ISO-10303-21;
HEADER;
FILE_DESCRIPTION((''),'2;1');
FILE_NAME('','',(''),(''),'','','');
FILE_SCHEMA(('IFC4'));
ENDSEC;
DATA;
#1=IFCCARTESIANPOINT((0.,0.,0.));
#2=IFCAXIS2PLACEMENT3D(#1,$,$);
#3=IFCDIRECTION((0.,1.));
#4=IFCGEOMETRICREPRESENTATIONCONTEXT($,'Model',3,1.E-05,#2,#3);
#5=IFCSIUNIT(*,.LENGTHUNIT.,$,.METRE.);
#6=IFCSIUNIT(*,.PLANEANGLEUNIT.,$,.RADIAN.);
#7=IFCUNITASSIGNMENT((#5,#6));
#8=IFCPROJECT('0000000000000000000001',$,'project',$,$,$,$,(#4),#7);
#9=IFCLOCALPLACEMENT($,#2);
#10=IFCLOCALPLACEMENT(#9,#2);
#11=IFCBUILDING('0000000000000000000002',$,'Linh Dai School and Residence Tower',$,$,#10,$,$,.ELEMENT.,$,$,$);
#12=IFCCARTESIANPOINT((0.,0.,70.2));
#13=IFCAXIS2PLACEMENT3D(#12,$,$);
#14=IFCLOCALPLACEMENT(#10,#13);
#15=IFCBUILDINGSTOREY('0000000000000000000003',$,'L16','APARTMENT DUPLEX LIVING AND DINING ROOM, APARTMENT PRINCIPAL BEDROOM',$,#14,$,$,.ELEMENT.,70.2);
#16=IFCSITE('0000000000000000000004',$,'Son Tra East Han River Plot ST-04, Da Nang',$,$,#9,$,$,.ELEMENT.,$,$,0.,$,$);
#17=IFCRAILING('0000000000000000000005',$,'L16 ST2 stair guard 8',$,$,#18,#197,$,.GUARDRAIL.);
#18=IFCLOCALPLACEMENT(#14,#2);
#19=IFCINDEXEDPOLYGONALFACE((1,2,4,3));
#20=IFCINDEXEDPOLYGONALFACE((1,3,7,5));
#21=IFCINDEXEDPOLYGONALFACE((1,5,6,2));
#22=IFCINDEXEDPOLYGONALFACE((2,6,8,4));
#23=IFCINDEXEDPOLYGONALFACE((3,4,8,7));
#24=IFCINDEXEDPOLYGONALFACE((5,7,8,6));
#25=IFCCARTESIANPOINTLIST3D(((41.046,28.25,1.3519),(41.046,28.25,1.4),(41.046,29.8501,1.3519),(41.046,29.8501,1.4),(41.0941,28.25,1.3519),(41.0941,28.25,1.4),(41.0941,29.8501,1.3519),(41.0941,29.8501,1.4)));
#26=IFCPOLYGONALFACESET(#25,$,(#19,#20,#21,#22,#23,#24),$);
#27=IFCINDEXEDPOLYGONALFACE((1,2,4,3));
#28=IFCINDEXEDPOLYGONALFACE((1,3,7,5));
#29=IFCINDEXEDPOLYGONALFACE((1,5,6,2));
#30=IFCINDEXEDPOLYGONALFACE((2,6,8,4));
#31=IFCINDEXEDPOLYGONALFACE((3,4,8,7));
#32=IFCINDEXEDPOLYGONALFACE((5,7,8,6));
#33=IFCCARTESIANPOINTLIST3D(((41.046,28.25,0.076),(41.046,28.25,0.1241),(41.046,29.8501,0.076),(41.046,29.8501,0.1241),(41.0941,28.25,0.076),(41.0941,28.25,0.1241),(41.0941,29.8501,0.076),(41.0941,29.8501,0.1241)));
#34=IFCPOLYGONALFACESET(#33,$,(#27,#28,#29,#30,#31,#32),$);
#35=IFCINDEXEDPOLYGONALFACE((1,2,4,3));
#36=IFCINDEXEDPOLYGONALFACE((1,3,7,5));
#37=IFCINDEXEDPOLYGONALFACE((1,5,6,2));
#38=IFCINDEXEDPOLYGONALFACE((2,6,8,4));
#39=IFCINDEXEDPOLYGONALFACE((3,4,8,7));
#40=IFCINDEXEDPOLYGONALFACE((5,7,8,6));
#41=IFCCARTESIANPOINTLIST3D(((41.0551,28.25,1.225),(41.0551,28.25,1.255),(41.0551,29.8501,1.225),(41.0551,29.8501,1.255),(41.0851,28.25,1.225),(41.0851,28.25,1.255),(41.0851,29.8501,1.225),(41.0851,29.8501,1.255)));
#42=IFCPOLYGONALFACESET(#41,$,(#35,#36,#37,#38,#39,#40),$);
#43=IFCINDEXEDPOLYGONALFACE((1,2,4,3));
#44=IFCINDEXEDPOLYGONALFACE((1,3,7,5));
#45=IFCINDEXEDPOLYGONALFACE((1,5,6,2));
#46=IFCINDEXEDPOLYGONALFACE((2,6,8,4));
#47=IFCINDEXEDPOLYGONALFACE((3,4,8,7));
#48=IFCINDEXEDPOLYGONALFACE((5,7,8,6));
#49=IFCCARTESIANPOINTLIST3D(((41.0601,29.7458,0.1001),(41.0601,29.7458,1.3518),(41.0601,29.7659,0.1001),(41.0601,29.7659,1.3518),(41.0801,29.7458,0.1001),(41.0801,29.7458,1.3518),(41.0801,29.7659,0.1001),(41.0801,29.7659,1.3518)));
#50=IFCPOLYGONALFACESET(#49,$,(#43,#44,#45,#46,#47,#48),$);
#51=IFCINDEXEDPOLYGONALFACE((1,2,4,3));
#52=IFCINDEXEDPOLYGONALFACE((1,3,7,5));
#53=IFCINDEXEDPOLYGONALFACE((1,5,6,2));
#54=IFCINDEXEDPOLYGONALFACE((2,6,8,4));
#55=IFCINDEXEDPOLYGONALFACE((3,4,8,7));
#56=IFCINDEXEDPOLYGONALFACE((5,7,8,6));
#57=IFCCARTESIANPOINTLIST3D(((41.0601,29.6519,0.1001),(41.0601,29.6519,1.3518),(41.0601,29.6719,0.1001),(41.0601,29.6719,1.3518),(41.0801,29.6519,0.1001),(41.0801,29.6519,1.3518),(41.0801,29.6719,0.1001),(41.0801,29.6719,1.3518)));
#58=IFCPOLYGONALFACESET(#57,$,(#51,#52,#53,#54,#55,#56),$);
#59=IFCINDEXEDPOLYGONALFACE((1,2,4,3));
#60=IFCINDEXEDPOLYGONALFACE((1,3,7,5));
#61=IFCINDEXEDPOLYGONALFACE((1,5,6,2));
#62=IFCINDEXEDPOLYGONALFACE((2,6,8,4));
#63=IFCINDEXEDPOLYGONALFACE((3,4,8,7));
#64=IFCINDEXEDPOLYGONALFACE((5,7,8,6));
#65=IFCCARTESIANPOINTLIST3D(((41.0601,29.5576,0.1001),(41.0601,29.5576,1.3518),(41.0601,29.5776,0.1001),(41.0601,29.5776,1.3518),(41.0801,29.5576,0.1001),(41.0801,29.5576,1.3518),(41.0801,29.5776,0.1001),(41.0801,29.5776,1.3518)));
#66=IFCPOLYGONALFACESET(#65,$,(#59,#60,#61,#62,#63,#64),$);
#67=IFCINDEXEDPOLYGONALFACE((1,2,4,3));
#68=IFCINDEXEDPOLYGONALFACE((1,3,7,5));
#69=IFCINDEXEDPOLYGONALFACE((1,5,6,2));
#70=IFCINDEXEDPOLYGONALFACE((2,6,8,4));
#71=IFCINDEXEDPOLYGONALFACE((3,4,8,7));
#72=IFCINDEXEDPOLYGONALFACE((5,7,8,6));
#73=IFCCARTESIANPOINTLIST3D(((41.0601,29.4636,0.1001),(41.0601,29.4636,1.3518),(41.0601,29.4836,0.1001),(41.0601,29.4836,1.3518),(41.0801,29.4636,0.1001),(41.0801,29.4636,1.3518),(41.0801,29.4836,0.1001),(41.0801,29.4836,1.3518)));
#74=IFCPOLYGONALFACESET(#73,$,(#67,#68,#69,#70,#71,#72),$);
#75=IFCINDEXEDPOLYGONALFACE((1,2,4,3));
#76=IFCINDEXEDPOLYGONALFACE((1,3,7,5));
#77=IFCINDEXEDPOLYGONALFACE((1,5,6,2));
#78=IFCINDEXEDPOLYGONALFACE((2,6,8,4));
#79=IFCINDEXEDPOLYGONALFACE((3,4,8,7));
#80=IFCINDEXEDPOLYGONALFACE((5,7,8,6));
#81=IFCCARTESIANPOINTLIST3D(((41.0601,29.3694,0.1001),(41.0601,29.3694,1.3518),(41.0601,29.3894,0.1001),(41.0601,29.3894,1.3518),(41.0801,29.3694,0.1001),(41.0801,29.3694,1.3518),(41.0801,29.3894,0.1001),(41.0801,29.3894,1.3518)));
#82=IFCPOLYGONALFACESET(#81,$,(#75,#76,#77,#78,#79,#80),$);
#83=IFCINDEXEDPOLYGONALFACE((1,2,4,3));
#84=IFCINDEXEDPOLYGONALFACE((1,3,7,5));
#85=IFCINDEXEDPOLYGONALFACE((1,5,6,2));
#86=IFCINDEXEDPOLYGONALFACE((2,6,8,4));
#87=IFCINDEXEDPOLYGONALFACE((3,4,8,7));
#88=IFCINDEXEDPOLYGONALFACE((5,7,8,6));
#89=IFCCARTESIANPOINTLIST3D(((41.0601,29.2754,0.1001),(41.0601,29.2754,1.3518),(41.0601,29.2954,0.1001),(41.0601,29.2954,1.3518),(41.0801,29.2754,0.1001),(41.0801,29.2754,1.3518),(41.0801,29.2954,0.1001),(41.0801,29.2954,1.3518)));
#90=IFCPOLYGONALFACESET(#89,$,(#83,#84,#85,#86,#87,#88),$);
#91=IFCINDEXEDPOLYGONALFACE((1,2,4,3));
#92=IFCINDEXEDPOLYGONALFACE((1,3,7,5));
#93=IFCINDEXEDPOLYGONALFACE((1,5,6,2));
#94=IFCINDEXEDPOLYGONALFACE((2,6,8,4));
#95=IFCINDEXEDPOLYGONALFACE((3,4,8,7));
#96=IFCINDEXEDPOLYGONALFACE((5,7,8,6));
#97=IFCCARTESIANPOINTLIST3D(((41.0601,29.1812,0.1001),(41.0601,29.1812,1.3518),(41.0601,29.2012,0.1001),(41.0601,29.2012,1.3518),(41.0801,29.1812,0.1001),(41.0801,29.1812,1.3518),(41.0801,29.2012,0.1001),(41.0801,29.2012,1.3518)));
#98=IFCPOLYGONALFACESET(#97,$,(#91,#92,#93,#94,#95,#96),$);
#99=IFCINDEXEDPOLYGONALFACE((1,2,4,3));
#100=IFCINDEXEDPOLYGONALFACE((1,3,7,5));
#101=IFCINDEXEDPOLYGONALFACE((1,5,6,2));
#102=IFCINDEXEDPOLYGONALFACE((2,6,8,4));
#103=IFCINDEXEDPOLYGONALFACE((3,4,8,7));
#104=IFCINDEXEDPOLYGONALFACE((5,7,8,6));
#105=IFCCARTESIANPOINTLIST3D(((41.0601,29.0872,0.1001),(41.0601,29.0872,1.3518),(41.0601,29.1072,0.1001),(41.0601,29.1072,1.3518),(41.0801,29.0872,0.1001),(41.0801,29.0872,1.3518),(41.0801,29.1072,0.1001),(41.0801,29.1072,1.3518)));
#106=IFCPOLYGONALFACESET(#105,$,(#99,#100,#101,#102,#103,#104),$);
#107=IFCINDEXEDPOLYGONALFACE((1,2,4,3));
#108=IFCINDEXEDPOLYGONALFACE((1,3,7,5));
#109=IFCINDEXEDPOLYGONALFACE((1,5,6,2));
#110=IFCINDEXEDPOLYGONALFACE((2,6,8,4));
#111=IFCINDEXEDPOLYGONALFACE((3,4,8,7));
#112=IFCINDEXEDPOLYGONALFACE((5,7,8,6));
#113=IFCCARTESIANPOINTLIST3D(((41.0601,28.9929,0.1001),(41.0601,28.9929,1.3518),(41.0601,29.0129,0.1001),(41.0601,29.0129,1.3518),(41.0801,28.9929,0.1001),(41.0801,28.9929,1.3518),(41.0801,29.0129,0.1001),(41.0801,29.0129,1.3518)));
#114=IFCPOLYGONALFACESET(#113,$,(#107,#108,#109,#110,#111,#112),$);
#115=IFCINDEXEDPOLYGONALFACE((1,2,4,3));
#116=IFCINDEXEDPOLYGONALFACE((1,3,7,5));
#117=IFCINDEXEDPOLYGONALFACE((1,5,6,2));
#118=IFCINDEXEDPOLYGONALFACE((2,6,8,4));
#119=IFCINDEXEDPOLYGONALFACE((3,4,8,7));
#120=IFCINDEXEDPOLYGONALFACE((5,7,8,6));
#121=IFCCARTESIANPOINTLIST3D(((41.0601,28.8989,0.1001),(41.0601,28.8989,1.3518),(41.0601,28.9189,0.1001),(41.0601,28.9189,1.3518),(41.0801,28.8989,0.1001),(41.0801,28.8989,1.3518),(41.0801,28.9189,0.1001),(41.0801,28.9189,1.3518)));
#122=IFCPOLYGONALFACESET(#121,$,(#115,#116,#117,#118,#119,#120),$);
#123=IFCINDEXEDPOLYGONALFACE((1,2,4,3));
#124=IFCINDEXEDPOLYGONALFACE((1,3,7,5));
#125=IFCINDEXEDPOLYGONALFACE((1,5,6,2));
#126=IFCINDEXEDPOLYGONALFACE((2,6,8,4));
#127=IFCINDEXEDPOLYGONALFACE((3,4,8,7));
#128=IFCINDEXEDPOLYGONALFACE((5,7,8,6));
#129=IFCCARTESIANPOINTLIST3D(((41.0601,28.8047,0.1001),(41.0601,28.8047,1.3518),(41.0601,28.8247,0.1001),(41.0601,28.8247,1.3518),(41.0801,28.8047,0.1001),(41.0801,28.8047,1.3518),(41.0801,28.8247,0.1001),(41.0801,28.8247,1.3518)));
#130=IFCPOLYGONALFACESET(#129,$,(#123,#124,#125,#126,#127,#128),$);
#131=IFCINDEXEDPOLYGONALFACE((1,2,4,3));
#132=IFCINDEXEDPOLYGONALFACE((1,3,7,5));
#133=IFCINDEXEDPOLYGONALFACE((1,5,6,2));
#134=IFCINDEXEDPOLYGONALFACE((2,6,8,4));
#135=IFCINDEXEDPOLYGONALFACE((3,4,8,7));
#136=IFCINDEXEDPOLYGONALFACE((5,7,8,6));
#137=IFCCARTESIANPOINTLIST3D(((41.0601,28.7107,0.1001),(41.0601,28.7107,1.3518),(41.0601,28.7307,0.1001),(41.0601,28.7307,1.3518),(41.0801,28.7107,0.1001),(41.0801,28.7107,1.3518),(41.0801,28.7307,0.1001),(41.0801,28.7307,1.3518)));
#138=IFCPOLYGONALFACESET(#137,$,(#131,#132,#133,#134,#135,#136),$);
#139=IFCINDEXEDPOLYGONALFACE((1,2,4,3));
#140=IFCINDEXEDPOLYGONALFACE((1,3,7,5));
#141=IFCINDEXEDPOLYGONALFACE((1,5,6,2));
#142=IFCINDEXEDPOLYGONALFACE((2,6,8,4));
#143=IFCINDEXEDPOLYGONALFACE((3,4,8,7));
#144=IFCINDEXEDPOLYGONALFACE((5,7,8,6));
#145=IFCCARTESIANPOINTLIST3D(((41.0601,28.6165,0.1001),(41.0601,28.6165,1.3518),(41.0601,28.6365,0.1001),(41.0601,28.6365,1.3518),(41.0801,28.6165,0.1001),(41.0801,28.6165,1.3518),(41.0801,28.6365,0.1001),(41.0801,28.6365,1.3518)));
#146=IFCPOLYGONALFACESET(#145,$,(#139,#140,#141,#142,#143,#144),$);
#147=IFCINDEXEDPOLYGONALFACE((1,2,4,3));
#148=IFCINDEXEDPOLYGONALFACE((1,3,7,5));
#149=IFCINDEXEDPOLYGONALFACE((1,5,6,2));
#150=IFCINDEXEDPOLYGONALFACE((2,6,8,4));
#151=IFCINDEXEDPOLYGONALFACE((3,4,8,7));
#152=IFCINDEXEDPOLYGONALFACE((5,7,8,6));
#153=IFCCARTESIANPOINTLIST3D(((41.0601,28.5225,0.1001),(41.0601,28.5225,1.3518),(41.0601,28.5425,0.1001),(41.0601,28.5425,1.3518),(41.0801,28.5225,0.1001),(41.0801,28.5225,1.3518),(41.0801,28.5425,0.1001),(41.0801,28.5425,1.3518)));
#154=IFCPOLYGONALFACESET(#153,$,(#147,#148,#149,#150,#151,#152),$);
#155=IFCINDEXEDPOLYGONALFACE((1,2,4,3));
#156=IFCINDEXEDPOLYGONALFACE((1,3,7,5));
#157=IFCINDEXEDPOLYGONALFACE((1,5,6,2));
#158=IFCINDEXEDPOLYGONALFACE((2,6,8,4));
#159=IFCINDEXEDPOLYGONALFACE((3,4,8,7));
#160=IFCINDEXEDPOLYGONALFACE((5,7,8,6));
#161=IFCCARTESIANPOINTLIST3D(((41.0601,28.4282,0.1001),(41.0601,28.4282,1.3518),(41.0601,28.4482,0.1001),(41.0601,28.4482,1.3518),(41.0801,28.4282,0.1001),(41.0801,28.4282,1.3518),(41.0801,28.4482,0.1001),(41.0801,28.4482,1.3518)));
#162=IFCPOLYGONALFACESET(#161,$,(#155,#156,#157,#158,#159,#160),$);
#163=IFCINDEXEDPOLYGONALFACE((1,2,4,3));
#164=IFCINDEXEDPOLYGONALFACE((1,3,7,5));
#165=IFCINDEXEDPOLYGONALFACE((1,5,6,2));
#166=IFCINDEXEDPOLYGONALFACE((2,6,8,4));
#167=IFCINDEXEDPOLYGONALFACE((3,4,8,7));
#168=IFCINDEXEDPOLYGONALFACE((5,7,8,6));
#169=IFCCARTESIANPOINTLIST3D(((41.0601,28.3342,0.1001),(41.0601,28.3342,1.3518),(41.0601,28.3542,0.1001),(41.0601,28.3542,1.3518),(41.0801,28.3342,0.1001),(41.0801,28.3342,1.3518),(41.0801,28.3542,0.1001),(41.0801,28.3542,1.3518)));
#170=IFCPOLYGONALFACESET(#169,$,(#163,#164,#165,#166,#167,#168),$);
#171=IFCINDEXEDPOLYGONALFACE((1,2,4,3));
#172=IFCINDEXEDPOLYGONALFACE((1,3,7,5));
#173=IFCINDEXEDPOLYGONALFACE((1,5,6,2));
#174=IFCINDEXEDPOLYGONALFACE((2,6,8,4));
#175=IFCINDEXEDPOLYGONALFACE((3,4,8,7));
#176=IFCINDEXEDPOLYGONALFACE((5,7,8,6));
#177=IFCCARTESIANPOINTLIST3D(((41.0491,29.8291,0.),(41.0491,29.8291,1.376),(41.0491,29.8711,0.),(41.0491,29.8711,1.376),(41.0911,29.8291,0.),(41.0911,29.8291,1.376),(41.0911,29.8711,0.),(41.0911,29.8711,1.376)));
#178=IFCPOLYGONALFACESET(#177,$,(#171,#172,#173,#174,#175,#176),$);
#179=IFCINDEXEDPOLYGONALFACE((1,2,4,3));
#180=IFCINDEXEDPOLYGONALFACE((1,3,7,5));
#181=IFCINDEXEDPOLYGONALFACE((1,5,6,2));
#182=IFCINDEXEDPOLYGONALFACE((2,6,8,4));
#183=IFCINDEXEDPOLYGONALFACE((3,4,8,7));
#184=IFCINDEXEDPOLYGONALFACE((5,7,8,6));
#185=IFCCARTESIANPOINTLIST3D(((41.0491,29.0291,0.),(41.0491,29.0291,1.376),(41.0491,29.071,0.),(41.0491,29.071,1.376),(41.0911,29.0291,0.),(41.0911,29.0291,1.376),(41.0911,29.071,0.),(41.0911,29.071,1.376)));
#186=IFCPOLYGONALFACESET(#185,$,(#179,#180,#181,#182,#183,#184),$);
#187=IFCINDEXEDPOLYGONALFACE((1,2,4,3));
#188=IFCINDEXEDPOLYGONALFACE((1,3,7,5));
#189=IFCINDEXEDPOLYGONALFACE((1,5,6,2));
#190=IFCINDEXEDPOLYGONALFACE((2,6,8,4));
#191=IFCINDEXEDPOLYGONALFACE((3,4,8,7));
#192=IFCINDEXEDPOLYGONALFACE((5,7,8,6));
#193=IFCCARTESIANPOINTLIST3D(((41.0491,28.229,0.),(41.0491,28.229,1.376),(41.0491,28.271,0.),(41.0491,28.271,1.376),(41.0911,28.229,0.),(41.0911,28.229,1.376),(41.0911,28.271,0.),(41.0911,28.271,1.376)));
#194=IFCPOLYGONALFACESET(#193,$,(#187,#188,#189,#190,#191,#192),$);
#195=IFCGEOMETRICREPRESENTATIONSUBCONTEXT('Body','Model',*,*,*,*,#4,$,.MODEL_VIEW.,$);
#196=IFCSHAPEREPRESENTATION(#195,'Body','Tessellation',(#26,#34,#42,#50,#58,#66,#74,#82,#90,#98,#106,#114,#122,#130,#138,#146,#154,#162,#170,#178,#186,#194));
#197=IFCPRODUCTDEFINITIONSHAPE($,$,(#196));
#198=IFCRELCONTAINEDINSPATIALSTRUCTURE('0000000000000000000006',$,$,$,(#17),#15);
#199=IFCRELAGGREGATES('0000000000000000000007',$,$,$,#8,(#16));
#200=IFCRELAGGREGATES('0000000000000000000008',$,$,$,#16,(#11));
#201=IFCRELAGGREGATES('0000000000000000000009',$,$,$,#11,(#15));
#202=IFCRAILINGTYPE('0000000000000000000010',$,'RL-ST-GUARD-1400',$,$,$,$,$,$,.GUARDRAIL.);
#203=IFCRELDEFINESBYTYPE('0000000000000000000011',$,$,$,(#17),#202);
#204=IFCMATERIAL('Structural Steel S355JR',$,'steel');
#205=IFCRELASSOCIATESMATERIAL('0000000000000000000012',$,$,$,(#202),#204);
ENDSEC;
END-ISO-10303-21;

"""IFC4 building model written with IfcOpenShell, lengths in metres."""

from ifc_helpers import new_model, si_unit, direction, frame, origin, origin_2d, place, context, subcontext, project, spatial, rectangle, extrude, source, transform, mapped, material, type_object, element, save


model = new_model("IFC4")

# Units and contexts
model_context = context("Model", 3, precision=1e-05, world=origin(), true_north=direction((0.0, 1.0)))
body_context = subcontext(model_context, "Body", "Model", "MODEL_VIEW")
ifc_project = project(units=[si_unit("LENGTHUNIT", "METRE"), si_unit("PLANEANGLEUNIT", "RADIAN")], contexts=[model_context])

# Site, building, storey
site_placement = place(None, origin())
site = spatial("IfcSite", under=ifc_project, at=site_placement, Name="Son Tra East Han River Plot ST-04, Da Nang", CompositionType="ELEMENT", RefElevation=0.0)
building_placement = place(site_placement, origin())
building = spatial("IfcBuilding", under=site, at=building_placement, Name="Linh Dai School and Residence Tower", CompositionType="ELEMENT")
storey_placement = place(building_placement, frame((0.0, 0.0, 70.2)))
storey = spatial("IfcBuildingStorey", under=building, at=storey_placement, Name="L16", Description="APARTMENT DUPLEX LIVING AND DINING ROOM, APARTMENT PRINCIPAL BEDROOM", CompositionType="ELEMENT", Elevation=70.2)

# Shared definitions
ifc_material_1 = material(Name="Structural Steel S355JR", Category="steel")

# Railing
railing_type_1 = type_object("IfcRailingType", Name="RL-ST-GUARD-1400", PredefinedType="GUARDRAIL", material=ifc_material_1)
shared_shape_1 = source(origin(), body_context, "Body", "SweptSolid", [
    extrude(rectangle(XDim=0.0481, YDim=0.0481, at=origin_2d()), frame((0.0, 0.0, 1.376), z_axis=(0.0, -1.0, 0.0), x_axis=(1.0, 0.0, 0.0)), (0.0, 0.0, 1.0), 1.6001),
    extrude(rectangle(XDim=0.0481, YDim=0.0481, at=origin_2d()), frame((0.0, 0.0, 0.1001), z_axis=(0.0, -1.0, 0.0), x_axis=(1.0, 0.0, 0.0)), (0.0, 0.0, 1.0), 1.6001),
    extrude(rectangle(XDim=0.03, YDim=0.03, at=origin_2d()), frame((0.0, 0.0, 1.24), z_axis=(0.0, -1.0, 0.0), x_axis=(1.0, 0.0, 0.0)), (0.0, 0.0, 1.0), 1.6001),
    extrude(rectangle(XDim=0.02, YDim=0.02, at=origin_2d()), frame((0.0, -0.0942, 0.1001)), (0.0, 0.0, 1.0), 1.2517),
    extrude(rectangle(XDim=0.02, YDim=0.02, at=origin_2d()), frame((0.0, -0.1882, 0.1001)), (0.0, 0.0, 1.0), 1.2517),
    extrude(rectangle(XDim=0.02, YDim=0.02, at=origin_2d()), frame((0.0, -0.2825, 0.1001)), (0.0, 0.0, 1.0), 1.2517),
    extrude(rectangle(XDim=0.02, YDim=0.02, at=origin_2d()), frame((0.0, -0.3765, 0.1001)), (0.0, 0.0, 1.0), 1.2517),
    extrude(rectangle(XDim=0.02, YDim=0.02, at=origin_2d()), frame((0.0, -0.4707, 0.1001)), (0.0, 0.0, 1.0), 1.2517),
    extrude(rectangle(XDim=0.02, YDim=0.02, at=origin_2d()), frame((0.0, -0.5647, 0.1001)), (0.0, 0.0, 1.0), 1.2517),
    extrude(rectangle(XDim=0.02, YDim=0.02, at=origin_2d()), frame((0.0, -0.6589, 0.1001)), (0.0, 0.0, 1.0), 1.2517),
    extrude(rectangle(XDim=0.02, YDim=0.02, at=origin_2d()), frame((0.0, -0.7529, 0.1001)), (0.0, 0.0, 1.0), 1.2517),
    extrude(rectangle(XDim=0.02, YDim=0.02, at=origin_2d()), frame((0.0, -0.8472, 0.1001)), (0.0, 0.0, 1.0), 1.2517),
    extrude(rectangle(XDim=0.02, YDim=0.02, at=origin_2d()), frame((0.0, -0.9412, 0.1001)), (0.0, 0.0, 1.0), 1.2517),
    extrude(rectangle(XDim=0.02, YDim=0.02, at=origin_2d()), frame((0.0, -1.0354, 0.1001)), (0.0, 0.0, 1.0), 1.2517),
    extrude(rectangle(XDim=0.02, YDim=0.02, at=origin_2d()), frame((0.0, -1.1294, 0.1001)), (0.0, 0.0, 1.0), 1.2517),
    extrude(rectangle(XDim=0.02, YDim=0.02, at=origin_2d()), frame((0.0, -1.2236, 0.1001)), (0.0, 0.0, 1.0), 1.2517),
    extrude(rectangle(XDim=0.02, YDim=0.02, at=origin_2d()), frame((0.0, -1.3176, 0.1001)), (0.0, 0.0, 1.0), 1.2517),
    extrude(rectangle(XDim=0.02, YDim=0.02, at=origin_2d()), frame((0.0, -1.4119, 0.1001)), (0.0, 0.0, 1.0), 1.2517),
    extrude(rectangle(XDim=0.02, YDim=0.02, at=origin_2d()), frame((0.0, -1.5059, 0.1001)), (0.0, 0.0, 1.0), 1.2517),
    extrude(rectangle(XDim=0.042, YDim=0.042, at=origin_2d()), origin(), (0.0, 0.0, 1.0), 1.376),
    extrude(rectangle(XDim=0.042, YDim=0.042, at=origin_2d()), frame((0.0, -0.8, 0.0)), (0.0, 0.0, 1.0), 1.376),
    extrude(rectangle(XDim=0.042, YDim=0.042, at=origin_2d()), frame((0.0, -1.6001, 0.0)), (0.0, 0.0, 1.0), 1.376),
])
for number, where, name in (
    (1, (41.0701, 29.8501, 0.0), "L16 ST2 stair guard 8"),
):
    element("IfcRailing", number, at=place(storey_placement, frame(where)), inside=storey, type_object=railing_type_1, Name=name, PredefinedType="GUARDRAIL", context=body_context, shape_type="MappedRepresentation", body=[
        mapped(shared_shape_1, transform((0.0, 0.0, 0.0), x_axis=(1.0, 0.0, 0.0), y_axis=(0.0, 1.0, 0.0), z_axis=(0.0, 0.0, 1.0), scale=1.0)),
    ])

save(model, "model.ifc")
